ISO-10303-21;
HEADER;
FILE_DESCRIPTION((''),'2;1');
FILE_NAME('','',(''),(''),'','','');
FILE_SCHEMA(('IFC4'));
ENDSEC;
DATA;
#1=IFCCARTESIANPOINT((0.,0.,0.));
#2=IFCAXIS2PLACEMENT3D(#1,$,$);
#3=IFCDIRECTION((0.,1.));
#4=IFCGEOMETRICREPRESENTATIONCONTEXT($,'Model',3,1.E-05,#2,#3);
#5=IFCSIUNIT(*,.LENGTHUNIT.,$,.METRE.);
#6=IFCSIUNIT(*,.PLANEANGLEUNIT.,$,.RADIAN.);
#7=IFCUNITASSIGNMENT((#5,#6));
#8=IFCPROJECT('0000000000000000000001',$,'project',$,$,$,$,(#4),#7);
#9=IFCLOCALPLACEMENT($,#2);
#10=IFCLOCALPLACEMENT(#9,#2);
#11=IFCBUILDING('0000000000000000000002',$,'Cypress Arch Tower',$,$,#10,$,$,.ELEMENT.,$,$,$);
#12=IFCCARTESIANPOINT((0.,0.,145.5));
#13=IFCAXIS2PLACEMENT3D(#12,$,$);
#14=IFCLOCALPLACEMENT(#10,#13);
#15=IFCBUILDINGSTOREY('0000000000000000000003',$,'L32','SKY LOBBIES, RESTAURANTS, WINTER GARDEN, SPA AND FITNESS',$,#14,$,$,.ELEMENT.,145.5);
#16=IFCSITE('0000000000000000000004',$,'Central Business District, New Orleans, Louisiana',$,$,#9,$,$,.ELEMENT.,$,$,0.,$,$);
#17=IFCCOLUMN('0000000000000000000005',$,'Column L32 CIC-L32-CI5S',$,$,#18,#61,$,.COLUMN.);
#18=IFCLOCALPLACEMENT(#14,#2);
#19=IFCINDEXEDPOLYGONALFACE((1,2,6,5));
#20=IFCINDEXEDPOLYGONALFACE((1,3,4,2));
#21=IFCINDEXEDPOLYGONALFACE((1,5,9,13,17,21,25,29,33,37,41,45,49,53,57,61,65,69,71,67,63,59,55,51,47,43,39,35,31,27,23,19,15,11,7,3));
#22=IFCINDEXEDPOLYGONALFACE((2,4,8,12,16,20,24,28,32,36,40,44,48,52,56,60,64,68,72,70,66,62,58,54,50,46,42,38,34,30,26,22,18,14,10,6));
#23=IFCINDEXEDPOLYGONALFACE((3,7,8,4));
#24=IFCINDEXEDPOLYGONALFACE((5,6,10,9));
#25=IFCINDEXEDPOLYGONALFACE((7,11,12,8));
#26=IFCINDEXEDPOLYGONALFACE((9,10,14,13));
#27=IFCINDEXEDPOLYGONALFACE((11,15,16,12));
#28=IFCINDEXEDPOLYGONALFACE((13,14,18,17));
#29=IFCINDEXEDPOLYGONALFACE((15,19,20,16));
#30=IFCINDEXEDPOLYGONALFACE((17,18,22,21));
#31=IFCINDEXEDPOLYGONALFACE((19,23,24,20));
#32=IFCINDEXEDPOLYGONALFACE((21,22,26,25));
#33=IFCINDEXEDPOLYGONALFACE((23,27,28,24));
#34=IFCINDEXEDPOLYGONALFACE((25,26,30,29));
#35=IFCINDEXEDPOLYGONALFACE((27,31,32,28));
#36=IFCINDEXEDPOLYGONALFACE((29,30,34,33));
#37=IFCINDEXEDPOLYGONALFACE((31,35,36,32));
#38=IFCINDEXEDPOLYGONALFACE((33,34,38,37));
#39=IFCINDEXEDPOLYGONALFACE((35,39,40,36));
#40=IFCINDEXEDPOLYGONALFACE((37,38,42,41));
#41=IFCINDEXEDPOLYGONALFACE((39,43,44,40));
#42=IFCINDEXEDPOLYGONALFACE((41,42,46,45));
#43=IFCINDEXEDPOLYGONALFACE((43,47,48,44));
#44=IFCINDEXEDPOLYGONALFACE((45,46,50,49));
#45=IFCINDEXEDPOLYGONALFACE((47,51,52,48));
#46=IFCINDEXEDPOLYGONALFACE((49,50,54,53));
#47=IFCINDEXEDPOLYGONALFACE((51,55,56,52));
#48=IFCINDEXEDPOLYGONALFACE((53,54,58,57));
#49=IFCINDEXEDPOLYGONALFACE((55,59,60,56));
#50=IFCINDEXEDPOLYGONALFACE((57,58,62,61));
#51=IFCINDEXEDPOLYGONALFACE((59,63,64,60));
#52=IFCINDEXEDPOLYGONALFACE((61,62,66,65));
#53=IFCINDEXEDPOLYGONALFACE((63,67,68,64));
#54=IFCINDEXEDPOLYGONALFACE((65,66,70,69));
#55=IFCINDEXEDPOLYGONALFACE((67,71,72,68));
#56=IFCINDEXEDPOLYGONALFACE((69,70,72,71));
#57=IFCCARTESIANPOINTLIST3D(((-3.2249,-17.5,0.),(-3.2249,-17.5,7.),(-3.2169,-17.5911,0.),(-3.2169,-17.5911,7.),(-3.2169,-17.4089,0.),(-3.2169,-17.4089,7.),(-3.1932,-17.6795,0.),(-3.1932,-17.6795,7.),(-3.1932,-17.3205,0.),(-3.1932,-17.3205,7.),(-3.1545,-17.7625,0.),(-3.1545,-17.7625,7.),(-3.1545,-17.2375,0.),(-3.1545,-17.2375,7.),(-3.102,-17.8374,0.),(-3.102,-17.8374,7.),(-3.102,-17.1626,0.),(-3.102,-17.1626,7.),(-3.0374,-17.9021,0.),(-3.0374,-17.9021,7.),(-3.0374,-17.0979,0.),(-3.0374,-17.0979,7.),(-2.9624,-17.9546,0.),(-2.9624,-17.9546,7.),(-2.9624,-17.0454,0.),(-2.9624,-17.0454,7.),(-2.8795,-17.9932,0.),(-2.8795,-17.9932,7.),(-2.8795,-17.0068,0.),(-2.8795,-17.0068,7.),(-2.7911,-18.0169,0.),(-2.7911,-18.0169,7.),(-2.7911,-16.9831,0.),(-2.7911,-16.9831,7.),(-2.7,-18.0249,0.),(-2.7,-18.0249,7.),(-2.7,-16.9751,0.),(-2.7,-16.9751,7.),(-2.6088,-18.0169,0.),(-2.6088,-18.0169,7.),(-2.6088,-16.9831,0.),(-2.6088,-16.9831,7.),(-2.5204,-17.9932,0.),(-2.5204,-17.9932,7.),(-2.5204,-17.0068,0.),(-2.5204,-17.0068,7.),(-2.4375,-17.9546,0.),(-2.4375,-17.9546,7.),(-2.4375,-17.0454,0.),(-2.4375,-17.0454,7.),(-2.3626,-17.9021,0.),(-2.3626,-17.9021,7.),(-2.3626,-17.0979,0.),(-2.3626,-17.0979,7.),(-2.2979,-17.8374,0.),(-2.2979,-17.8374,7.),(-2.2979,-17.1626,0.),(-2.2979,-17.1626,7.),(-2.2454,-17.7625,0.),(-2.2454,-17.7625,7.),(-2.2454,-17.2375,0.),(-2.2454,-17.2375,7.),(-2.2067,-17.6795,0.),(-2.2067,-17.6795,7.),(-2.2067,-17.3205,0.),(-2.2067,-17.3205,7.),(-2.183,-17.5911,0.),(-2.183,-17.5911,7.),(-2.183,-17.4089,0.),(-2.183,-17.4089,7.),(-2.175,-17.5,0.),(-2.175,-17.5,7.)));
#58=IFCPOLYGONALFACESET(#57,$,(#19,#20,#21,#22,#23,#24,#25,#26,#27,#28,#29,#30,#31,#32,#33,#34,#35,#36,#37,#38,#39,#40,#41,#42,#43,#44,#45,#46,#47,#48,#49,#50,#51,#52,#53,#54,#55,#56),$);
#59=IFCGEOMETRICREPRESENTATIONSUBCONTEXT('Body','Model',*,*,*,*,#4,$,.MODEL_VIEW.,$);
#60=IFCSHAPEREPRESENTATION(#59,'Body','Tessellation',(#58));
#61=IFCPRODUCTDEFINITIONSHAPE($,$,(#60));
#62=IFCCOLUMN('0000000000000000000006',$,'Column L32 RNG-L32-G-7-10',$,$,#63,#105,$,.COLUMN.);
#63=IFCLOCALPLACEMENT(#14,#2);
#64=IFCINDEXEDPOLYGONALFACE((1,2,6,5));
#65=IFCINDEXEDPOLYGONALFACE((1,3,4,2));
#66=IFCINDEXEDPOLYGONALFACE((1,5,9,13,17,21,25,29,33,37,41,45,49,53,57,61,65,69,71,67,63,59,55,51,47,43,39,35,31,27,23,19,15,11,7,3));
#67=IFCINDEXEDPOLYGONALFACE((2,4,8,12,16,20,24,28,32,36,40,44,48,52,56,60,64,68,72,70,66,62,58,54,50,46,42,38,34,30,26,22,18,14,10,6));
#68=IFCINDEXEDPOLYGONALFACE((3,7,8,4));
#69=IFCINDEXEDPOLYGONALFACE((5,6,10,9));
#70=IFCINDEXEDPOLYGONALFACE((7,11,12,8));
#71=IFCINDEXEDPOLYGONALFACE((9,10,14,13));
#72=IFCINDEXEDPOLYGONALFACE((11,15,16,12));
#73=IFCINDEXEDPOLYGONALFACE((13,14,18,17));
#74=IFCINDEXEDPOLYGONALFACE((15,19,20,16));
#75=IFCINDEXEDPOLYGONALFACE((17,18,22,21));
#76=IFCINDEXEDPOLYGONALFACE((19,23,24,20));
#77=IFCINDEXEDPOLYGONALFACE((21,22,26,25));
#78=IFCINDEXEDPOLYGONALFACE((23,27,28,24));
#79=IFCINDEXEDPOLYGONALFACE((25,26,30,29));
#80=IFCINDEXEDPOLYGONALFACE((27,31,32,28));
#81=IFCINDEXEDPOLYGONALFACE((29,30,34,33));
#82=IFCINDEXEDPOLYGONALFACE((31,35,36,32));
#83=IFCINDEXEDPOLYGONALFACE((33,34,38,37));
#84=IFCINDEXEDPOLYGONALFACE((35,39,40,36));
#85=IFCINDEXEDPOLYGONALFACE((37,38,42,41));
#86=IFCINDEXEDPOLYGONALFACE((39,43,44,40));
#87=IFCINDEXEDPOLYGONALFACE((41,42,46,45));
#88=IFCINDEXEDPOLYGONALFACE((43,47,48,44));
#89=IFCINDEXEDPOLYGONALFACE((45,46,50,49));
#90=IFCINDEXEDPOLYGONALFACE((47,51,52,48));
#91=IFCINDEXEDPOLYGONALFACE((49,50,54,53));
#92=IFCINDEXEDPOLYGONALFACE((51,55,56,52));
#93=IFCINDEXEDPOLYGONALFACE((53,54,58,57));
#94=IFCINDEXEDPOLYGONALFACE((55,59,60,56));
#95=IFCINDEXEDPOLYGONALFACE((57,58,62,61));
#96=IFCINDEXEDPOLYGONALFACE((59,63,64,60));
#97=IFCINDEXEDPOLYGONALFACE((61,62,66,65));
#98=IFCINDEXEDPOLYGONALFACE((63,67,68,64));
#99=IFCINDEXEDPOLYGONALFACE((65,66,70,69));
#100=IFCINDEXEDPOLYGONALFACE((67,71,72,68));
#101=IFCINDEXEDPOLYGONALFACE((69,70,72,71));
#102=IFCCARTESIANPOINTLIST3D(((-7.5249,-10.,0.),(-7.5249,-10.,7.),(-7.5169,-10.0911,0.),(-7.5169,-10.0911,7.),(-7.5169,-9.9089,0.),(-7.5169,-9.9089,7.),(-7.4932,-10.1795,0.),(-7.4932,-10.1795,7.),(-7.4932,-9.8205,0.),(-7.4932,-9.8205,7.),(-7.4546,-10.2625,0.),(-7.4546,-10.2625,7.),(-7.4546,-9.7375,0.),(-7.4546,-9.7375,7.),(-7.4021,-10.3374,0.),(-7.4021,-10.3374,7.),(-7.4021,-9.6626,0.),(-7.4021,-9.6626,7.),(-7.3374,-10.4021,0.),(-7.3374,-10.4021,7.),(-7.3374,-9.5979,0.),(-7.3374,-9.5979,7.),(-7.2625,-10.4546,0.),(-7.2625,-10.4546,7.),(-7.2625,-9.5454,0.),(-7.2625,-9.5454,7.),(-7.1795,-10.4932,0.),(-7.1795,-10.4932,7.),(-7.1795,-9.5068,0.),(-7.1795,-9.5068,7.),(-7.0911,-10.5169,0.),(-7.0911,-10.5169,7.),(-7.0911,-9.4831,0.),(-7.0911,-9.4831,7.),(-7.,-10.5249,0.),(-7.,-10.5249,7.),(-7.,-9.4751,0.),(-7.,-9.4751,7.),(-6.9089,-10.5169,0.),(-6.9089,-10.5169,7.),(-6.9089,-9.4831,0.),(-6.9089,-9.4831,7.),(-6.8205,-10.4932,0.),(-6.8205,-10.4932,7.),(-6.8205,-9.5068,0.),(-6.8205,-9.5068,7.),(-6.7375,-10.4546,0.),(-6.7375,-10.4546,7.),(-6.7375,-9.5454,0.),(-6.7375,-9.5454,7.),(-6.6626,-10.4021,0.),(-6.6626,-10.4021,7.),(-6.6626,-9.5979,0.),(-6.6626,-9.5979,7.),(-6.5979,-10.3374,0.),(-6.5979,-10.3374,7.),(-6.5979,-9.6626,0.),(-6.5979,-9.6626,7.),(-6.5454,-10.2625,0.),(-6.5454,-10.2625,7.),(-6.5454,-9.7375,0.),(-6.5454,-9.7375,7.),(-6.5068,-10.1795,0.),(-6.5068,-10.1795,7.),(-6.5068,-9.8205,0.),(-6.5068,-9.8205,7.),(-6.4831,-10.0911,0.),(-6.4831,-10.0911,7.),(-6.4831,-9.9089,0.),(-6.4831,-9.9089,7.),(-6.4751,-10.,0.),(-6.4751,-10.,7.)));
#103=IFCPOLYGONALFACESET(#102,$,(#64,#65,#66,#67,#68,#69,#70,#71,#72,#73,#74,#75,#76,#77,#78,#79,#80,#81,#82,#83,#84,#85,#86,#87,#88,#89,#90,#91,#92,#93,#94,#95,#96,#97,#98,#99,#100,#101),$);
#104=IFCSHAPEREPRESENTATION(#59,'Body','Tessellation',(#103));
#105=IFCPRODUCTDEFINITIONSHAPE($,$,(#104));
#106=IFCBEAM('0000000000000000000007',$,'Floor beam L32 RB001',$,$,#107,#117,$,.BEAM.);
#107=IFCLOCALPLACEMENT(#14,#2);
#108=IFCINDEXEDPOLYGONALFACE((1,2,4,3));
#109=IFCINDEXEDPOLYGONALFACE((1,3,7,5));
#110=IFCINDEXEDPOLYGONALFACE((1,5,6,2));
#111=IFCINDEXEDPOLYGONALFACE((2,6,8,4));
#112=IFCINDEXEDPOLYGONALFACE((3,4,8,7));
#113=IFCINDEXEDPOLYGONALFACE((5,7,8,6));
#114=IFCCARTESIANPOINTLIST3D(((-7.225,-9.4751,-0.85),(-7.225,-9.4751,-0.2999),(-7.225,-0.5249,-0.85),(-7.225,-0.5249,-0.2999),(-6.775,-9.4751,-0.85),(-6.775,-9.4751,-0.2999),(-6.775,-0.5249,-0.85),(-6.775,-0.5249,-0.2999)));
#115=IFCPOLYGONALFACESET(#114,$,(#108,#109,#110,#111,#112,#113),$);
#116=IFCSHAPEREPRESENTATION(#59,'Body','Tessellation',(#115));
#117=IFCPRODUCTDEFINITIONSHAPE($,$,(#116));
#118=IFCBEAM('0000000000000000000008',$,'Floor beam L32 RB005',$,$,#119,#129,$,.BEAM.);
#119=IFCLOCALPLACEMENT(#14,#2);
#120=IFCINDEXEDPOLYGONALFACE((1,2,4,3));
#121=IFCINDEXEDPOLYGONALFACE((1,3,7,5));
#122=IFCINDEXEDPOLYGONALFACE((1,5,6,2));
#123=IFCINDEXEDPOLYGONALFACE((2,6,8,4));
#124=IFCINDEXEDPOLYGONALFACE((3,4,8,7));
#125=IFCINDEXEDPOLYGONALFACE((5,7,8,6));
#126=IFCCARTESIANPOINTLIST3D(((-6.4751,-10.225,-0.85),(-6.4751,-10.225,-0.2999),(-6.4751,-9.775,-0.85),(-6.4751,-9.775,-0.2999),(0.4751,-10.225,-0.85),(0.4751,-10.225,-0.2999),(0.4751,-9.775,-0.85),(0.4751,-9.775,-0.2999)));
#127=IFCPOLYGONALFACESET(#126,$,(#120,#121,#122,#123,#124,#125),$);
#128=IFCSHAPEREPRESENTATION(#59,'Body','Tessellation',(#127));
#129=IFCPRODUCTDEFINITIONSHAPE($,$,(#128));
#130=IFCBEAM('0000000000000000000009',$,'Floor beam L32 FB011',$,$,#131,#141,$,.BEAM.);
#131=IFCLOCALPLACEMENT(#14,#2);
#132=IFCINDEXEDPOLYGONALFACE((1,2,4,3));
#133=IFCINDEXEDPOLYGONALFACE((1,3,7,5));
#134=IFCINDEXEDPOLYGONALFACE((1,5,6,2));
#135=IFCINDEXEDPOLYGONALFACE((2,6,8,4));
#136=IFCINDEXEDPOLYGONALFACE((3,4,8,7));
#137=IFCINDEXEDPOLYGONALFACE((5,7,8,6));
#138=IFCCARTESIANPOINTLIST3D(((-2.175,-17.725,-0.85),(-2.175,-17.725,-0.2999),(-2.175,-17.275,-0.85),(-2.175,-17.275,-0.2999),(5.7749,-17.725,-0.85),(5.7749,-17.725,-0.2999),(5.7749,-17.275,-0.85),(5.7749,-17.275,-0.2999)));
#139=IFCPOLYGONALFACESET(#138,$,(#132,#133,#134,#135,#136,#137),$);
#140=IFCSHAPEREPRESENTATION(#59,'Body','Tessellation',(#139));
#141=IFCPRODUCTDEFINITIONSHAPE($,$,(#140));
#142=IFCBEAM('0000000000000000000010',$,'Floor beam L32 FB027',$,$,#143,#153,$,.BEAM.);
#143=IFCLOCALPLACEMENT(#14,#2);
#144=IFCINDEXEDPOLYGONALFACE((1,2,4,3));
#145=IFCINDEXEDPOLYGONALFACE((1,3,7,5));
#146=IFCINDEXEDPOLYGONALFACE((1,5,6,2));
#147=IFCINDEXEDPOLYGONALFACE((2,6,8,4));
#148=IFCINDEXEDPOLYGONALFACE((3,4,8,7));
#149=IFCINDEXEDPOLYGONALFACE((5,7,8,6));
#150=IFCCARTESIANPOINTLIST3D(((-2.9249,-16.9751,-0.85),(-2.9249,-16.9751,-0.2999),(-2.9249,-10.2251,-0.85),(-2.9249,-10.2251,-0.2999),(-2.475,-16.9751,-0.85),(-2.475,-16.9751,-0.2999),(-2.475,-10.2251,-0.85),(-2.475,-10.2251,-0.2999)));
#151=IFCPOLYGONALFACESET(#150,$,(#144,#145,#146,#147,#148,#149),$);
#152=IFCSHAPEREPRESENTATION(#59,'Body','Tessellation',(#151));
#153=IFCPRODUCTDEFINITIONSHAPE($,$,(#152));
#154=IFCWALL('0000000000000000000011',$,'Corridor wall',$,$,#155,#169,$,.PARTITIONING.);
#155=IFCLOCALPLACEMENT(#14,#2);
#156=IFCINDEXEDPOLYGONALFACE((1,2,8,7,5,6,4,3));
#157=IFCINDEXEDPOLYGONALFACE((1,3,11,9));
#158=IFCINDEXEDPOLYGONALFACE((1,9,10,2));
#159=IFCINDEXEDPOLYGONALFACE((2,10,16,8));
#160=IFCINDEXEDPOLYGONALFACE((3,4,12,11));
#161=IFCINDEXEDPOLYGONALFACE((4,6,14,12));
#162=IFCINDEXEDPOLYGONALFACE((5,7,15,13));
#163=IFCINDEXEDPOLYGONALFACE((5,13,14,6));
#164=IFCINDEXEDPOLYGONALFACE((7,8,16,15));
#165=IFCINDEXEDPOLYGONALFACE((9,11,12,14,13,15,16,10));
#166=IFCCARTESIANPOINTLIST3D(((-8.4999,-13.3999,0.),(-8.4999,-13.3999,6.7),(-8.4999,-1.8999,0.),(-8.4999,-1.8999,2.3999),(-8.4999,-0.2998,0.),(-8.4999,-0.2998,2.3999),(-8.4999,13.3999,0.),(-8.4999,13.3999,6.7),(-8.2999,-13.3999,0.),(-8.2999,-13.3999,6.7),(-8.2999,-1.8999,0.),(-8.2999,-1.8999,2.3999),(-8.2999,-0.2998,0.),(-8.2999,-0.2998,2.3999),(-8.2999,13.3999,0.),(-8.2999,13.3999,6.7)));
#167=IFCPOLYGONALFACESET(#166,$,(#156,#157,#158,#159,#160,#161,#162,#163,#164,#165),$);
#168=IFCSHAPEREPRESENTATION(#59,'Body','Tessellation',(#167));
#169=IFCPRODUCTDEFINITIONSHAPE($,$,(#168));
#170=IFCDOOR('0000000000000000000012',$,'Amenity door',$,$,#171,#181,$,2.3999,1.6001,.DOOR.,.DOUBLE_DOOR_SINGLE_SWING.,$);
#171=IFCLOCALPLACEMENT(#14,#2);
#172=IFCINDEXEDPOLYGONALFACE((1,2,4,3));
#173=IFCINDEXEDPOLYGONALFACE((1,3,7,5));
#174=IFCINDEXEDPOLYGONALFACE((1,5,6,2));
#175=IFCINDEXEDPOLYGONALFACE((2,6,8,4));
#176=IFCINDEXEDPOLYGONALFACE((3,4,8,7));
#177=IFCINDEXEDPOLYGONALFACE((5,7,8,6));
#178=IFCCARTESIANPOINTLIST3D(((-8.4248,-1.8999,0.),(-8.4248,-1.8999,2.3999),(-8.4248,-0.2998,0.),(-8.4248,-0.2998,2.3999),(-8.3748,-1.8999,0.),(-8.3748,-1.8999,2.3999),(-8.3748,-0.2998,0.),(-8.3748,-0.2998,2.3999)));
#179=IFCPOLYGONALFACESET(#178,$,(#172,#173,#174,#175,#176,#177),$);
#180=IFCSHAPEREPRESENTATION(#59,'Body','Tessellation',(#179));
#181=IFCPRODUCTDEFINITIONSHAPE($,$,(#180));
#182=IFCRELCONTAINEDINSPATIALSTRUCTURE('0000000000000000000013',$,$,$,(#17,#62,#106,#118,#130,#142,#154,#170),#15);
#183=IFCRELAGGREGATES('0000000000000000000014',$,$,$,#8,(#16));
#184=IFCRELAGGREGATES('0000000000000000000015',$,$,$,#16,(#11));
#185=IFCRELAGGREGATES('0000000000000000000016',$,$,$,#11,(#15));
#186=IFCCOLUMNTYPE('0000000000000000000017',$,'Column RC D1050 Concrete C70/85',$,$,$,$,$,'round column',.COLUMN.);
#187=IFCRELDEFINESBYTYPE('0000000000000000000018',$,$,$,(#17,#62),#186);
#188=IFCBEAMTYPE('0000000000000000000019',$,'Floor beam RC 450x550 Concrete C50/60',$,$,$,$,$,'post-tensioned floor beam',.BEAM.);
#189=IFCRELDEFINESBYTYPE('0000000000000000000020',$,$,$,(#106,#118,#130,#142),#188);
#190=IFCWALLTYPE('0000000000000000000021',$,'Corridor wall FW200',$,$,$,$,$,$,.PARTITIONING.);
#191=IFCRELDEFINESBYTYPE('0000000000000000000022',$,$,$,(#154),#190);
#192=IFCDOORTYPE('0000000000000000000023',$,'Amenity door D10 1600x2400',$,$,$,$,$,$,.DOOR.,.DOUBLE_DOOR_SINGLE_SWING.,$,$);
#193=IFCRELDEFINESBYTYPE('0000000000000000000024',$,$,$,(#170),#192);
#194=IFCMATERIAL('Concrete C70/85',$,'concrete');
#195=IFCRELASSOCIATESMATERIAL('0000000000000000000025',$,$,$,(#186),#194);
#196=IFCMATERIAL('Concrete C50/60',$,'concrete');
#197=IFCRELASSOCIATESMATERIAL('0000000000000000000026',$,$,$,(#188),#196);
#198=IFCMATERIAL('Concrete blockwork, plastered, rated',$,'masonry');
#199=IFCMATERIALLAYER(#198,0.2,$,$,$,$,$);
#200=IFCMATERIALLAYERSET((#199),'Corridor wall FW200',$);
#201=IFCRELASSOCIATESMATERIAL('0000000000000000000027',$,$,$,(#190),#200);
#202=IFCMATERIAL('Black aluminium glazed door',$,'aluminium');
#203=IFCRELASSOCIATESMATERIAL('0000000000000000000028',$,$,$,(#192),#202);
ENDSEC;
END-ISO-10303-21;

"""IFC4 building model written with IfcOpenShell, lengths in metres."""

from ifc_helpers import new_model, si_unit, direction, frame, frame_2d, origin, origin_2d, place, context, subcontext, project, spatial, rectangle, circle, extrude, material, layer, layer_set, material_profile, profile_set, type_object, element, fill, save


model = new_model("IFC4")

# Units and contexts
model_context = context("Model", 3, precision=1e-05, world=origin(), true_north=direction((0.0, 1.0)))
body_context = subcontext(model_context, "Body", "Model", "MODEL_VIEW")
ifc_project = project(units=[si_unit("LENGTHUNIT", "METRE"), si_unit("PLANEANGLEUNIT", "RADIAN")], contexts=[model_context])

# Site, building, storey
site_placement = place(None, origin())
site = spatial("IfcSite", under=ifc_project, at=site_placement, Name="Central Business District, New Orleans, Louisiana", CompositionType="ELEMENT", RefElevation=0.0)
building_placement = place(site_placement, origin())
building = spatial("IfcBuilding", under=site, at=building_placement, Name="Cypress Arch Tower", CompositionType="ELEMENT")
storey_placement = place(building_placement, frame((0.0, 0.0, 145.5)))
storey = spatial("IfcBuildingStorey", under=building, at=storey_placement, Name="L32", Description="SKY LOBBIES, RESTAURANTS, WINTER GARDEN, SPA AND FITNESS", CompositionType="ELEMENT", Elevation=145.5)

# Columns
ifc_material_1 = material(Name="Concrete C70/85", Category="concrete")
ifc_material_profile_1 = material_profile(ifc_material_1, circle(Radius=0.5249, at=origin_2d()), Name="RC D1050")
ifc_profile_set_1 = profile_set([ifc_material_profile_1], Name="Concrete C70/85")
column_type = type_object("IfcColumnType", Name="Column RC D1050 Concrete C70/85", ElementType="round column", PredefinedType="COLUMN", material=ifc_profile_set_1)
for number, where, z_axis, x_axis, name in (
    (1, (-2.7, -17.5, 0.0), (0.0, 0.0, 1.0), (1.0, 0.0, 0.0), "Column L32 CIC-L32-CI5S"),
    (2, (-7.0, -10.0, 0.0), (0.0, 0.0, 1.0), (1.0, 0.0, 0.0), "Column L32 RNG-L32-G-7-10"),
):
    element("IfcColumn", number, at=place(storey_placement, frame(where, z_axis=z_axis, x_axis=x_axis)), inside=storey, type_object=column_type, Name=name, PredefinedType="COLUMN", context=body_context, shape_type="SweptSolid", body=[
        extrude(circle(Radius=0.5249, at=origin_2d()), origin(), (0.0, 0.0, 1.0), 7.0),
    ])

# Beams
ifc_material_2 = material(Name="Concrete C50/60", Category="concrete")
ifc_material_profile_2 = material_profile(ifc_material_2, rectangle(XDim=0.45, YDim=0.55, at=origin_2d()), Name="RC 450x550")
ifc_profile_set_2 = profile_set([ifc_material_profile_2], Name="Concrete C50/60")
beam_type = type_object("IfcBeamType", Name="Floor beam RC 450x550 Concrete C50/60", ElementType="post-tensioned floor beam", PredefinedType="BEAM", material=ifc_profile_set_2)
beam_1_placement = place(storey_placement, frame((-7.0, -9.4751, -0.575), z_axis=(0.0, 1.0, 0.0), x_axis=(-1.0, 0.0, 0.0)))
element("IfcBeam", 3, at=beam_1_placement, inside=storey, type_object=beam_type, Name="Floor beam L32 RB001", PredefinedType="BEAM", context=body_context, shape_type="SweptSolid", body=[
    extrude(rectangle(XDim=0.45, YDim=0.55, at=origin_2d()), origin(), (0.0, 0.0, 1.0), 8.9502),
])
beam_2_placement = place(storey_placement, frame((-6.4751, -10.0, -0.575), z_axis=(1.0, 0.0, 0.0), x_axis=(0.0, 1.0, 0.0)))
element("IfcBeam", 4, at=beam_2_placement, inside=storey, type_object=beam_type, Name="Floor beam L32 RB005", PredefinedType="BEAM", context=body_context, shape_type="SweptSolid", body=[
    extrude(rectangle(XDim=0.45, YDim=0.55, at=origin_2d()), origin(), (0.0, 0.0, 1.0), 6.9502),
])
beam_3_placement = place(storey_placement, frame((-2.175, -17.5, -0.575), z_axis=(1.0, 0.0, 0.0), x_axis=(0.0, 1.0, 0.0)))
element("IfcBeam", 5, at=beam_3_placement, inside=storey, type_object=beam_type, Name="Floor beam L32 FB011", PredefinedType="BEAM", context=body_context, shape_type="SweptSolid", body=[
    extrude(rectangle(XDim=0.45, YDim=0.55, at=origin_2d()), origin(), (0.0, 0.0, 1.0), 7.95),
])
beam_4_placement = place(storey_placement, frame((-2.7, -16.9751, -0.575), z_axis=(0.0, 1.0, 0.0), x_axis=(-1.0, 0.0, 0.0)))
element("IfcBeam", 6, at=beam_4_placement, inside=storey, type_object=beam_type, Name="Floor beam L32 FB027", PredefinedType="BEAM", context=body_context, shape_type="SweptSolid", body=[
    extrude(rectangle(XDim=0.45, YDim=0.55, at=origin_2d()), origin(), (0.0, 0.0, 1.0), 6.75),
])

# Wall, opening, door
ifc_material_3 = material(Name="Concrete blockwork, plastered, rated", Category="masonry")
ifc_layer = layer(ifc_material_3, 0.2)
ifc_layer_set = layer_set([ifc_layer], Name="Corridor wall FW200")
wall_type = type_object("IfcWallType", Name="Corridor wall FW200", PredefinedType="PARTITIONING", material=ifc_layer_set)
wall_1_placement = place(storey_placement, frame((-8.3999, -13.3999, 0.0), z_axis=(0.0, 0.0, 1.0), x_axis=(0.0, 1.0, 0.0)))
wall_1 = element("IfcWall", 7, at=wall_1_placement, inside=storey, type_object=wall_type, Name="Corridor wall", PredefinedType="PARTITIONING", context=body_context, shape_type="SweptSolid", body=[
    extrude(rectangle(XDim=26.7998, YDim=0.2, at=frame_2d((13.3999, 0.0))), origin(), (0.0, 0.0, 1.0), 6.7),
])
opening_1_placement = place(wall_1_placement, frame((11.5, 0.0, 0.0)))
opening_1 = element("IfcOpeningElement", 8, at=opening_1_placement, cuts=wall_1, PredefinedType="OPENING", context=body_context, shape_type="SweptSolid", body=[
    extrude(rectangle(XDim=1.6001, YDim=2.3999, at=frame_2d((0.8, 1.2))), frame((0.0, 0.1099, 0.0), z_axis=(0.0, -1.0, 0.0), x_axis=(1.0, 0.0, 0.0)), (0.0, 0.0, 1.0), 0.22),
])
ifc_material_4 = material(Name="Black aluminium glazed door", Category="aluminium")
door_type_1 = type_object("IfcDoorType", Name="Amenity door D10 1600x2400", OperationType="DOUBLE_DOOR_SINGLE_SWING", PredefinedType="DOOR", material=ifc_material_4)
door_1_placement = place(opening_1_placement, origin())
door_1 = element("IfcDoor", 9, at=door_1_placement, inside=storey, type_object=door_type_1, Name="Amenity door", OperationType="DOUBLE_DOOR_SINGLE_SWING", OverallHeight=2.3999, OverallWidth=1.6001, PredefinedType="DOOR", context=body_context, shape_type="SweptSolid", body=[
    extrude(rectangle(XDim=1.6001, YDim=2.3999, at=frame_2d((0.8, 1.2))), frame((0.0, 0.0249, 0.0), z_axis=(0.0, -1.0, 0.0), x_axis=(1.0, 0.0, 0.0)), (0.0, 0.0, 1.0), 0.05),
])
fill(opening_1, door_1)

save(model, "model.ifc")
